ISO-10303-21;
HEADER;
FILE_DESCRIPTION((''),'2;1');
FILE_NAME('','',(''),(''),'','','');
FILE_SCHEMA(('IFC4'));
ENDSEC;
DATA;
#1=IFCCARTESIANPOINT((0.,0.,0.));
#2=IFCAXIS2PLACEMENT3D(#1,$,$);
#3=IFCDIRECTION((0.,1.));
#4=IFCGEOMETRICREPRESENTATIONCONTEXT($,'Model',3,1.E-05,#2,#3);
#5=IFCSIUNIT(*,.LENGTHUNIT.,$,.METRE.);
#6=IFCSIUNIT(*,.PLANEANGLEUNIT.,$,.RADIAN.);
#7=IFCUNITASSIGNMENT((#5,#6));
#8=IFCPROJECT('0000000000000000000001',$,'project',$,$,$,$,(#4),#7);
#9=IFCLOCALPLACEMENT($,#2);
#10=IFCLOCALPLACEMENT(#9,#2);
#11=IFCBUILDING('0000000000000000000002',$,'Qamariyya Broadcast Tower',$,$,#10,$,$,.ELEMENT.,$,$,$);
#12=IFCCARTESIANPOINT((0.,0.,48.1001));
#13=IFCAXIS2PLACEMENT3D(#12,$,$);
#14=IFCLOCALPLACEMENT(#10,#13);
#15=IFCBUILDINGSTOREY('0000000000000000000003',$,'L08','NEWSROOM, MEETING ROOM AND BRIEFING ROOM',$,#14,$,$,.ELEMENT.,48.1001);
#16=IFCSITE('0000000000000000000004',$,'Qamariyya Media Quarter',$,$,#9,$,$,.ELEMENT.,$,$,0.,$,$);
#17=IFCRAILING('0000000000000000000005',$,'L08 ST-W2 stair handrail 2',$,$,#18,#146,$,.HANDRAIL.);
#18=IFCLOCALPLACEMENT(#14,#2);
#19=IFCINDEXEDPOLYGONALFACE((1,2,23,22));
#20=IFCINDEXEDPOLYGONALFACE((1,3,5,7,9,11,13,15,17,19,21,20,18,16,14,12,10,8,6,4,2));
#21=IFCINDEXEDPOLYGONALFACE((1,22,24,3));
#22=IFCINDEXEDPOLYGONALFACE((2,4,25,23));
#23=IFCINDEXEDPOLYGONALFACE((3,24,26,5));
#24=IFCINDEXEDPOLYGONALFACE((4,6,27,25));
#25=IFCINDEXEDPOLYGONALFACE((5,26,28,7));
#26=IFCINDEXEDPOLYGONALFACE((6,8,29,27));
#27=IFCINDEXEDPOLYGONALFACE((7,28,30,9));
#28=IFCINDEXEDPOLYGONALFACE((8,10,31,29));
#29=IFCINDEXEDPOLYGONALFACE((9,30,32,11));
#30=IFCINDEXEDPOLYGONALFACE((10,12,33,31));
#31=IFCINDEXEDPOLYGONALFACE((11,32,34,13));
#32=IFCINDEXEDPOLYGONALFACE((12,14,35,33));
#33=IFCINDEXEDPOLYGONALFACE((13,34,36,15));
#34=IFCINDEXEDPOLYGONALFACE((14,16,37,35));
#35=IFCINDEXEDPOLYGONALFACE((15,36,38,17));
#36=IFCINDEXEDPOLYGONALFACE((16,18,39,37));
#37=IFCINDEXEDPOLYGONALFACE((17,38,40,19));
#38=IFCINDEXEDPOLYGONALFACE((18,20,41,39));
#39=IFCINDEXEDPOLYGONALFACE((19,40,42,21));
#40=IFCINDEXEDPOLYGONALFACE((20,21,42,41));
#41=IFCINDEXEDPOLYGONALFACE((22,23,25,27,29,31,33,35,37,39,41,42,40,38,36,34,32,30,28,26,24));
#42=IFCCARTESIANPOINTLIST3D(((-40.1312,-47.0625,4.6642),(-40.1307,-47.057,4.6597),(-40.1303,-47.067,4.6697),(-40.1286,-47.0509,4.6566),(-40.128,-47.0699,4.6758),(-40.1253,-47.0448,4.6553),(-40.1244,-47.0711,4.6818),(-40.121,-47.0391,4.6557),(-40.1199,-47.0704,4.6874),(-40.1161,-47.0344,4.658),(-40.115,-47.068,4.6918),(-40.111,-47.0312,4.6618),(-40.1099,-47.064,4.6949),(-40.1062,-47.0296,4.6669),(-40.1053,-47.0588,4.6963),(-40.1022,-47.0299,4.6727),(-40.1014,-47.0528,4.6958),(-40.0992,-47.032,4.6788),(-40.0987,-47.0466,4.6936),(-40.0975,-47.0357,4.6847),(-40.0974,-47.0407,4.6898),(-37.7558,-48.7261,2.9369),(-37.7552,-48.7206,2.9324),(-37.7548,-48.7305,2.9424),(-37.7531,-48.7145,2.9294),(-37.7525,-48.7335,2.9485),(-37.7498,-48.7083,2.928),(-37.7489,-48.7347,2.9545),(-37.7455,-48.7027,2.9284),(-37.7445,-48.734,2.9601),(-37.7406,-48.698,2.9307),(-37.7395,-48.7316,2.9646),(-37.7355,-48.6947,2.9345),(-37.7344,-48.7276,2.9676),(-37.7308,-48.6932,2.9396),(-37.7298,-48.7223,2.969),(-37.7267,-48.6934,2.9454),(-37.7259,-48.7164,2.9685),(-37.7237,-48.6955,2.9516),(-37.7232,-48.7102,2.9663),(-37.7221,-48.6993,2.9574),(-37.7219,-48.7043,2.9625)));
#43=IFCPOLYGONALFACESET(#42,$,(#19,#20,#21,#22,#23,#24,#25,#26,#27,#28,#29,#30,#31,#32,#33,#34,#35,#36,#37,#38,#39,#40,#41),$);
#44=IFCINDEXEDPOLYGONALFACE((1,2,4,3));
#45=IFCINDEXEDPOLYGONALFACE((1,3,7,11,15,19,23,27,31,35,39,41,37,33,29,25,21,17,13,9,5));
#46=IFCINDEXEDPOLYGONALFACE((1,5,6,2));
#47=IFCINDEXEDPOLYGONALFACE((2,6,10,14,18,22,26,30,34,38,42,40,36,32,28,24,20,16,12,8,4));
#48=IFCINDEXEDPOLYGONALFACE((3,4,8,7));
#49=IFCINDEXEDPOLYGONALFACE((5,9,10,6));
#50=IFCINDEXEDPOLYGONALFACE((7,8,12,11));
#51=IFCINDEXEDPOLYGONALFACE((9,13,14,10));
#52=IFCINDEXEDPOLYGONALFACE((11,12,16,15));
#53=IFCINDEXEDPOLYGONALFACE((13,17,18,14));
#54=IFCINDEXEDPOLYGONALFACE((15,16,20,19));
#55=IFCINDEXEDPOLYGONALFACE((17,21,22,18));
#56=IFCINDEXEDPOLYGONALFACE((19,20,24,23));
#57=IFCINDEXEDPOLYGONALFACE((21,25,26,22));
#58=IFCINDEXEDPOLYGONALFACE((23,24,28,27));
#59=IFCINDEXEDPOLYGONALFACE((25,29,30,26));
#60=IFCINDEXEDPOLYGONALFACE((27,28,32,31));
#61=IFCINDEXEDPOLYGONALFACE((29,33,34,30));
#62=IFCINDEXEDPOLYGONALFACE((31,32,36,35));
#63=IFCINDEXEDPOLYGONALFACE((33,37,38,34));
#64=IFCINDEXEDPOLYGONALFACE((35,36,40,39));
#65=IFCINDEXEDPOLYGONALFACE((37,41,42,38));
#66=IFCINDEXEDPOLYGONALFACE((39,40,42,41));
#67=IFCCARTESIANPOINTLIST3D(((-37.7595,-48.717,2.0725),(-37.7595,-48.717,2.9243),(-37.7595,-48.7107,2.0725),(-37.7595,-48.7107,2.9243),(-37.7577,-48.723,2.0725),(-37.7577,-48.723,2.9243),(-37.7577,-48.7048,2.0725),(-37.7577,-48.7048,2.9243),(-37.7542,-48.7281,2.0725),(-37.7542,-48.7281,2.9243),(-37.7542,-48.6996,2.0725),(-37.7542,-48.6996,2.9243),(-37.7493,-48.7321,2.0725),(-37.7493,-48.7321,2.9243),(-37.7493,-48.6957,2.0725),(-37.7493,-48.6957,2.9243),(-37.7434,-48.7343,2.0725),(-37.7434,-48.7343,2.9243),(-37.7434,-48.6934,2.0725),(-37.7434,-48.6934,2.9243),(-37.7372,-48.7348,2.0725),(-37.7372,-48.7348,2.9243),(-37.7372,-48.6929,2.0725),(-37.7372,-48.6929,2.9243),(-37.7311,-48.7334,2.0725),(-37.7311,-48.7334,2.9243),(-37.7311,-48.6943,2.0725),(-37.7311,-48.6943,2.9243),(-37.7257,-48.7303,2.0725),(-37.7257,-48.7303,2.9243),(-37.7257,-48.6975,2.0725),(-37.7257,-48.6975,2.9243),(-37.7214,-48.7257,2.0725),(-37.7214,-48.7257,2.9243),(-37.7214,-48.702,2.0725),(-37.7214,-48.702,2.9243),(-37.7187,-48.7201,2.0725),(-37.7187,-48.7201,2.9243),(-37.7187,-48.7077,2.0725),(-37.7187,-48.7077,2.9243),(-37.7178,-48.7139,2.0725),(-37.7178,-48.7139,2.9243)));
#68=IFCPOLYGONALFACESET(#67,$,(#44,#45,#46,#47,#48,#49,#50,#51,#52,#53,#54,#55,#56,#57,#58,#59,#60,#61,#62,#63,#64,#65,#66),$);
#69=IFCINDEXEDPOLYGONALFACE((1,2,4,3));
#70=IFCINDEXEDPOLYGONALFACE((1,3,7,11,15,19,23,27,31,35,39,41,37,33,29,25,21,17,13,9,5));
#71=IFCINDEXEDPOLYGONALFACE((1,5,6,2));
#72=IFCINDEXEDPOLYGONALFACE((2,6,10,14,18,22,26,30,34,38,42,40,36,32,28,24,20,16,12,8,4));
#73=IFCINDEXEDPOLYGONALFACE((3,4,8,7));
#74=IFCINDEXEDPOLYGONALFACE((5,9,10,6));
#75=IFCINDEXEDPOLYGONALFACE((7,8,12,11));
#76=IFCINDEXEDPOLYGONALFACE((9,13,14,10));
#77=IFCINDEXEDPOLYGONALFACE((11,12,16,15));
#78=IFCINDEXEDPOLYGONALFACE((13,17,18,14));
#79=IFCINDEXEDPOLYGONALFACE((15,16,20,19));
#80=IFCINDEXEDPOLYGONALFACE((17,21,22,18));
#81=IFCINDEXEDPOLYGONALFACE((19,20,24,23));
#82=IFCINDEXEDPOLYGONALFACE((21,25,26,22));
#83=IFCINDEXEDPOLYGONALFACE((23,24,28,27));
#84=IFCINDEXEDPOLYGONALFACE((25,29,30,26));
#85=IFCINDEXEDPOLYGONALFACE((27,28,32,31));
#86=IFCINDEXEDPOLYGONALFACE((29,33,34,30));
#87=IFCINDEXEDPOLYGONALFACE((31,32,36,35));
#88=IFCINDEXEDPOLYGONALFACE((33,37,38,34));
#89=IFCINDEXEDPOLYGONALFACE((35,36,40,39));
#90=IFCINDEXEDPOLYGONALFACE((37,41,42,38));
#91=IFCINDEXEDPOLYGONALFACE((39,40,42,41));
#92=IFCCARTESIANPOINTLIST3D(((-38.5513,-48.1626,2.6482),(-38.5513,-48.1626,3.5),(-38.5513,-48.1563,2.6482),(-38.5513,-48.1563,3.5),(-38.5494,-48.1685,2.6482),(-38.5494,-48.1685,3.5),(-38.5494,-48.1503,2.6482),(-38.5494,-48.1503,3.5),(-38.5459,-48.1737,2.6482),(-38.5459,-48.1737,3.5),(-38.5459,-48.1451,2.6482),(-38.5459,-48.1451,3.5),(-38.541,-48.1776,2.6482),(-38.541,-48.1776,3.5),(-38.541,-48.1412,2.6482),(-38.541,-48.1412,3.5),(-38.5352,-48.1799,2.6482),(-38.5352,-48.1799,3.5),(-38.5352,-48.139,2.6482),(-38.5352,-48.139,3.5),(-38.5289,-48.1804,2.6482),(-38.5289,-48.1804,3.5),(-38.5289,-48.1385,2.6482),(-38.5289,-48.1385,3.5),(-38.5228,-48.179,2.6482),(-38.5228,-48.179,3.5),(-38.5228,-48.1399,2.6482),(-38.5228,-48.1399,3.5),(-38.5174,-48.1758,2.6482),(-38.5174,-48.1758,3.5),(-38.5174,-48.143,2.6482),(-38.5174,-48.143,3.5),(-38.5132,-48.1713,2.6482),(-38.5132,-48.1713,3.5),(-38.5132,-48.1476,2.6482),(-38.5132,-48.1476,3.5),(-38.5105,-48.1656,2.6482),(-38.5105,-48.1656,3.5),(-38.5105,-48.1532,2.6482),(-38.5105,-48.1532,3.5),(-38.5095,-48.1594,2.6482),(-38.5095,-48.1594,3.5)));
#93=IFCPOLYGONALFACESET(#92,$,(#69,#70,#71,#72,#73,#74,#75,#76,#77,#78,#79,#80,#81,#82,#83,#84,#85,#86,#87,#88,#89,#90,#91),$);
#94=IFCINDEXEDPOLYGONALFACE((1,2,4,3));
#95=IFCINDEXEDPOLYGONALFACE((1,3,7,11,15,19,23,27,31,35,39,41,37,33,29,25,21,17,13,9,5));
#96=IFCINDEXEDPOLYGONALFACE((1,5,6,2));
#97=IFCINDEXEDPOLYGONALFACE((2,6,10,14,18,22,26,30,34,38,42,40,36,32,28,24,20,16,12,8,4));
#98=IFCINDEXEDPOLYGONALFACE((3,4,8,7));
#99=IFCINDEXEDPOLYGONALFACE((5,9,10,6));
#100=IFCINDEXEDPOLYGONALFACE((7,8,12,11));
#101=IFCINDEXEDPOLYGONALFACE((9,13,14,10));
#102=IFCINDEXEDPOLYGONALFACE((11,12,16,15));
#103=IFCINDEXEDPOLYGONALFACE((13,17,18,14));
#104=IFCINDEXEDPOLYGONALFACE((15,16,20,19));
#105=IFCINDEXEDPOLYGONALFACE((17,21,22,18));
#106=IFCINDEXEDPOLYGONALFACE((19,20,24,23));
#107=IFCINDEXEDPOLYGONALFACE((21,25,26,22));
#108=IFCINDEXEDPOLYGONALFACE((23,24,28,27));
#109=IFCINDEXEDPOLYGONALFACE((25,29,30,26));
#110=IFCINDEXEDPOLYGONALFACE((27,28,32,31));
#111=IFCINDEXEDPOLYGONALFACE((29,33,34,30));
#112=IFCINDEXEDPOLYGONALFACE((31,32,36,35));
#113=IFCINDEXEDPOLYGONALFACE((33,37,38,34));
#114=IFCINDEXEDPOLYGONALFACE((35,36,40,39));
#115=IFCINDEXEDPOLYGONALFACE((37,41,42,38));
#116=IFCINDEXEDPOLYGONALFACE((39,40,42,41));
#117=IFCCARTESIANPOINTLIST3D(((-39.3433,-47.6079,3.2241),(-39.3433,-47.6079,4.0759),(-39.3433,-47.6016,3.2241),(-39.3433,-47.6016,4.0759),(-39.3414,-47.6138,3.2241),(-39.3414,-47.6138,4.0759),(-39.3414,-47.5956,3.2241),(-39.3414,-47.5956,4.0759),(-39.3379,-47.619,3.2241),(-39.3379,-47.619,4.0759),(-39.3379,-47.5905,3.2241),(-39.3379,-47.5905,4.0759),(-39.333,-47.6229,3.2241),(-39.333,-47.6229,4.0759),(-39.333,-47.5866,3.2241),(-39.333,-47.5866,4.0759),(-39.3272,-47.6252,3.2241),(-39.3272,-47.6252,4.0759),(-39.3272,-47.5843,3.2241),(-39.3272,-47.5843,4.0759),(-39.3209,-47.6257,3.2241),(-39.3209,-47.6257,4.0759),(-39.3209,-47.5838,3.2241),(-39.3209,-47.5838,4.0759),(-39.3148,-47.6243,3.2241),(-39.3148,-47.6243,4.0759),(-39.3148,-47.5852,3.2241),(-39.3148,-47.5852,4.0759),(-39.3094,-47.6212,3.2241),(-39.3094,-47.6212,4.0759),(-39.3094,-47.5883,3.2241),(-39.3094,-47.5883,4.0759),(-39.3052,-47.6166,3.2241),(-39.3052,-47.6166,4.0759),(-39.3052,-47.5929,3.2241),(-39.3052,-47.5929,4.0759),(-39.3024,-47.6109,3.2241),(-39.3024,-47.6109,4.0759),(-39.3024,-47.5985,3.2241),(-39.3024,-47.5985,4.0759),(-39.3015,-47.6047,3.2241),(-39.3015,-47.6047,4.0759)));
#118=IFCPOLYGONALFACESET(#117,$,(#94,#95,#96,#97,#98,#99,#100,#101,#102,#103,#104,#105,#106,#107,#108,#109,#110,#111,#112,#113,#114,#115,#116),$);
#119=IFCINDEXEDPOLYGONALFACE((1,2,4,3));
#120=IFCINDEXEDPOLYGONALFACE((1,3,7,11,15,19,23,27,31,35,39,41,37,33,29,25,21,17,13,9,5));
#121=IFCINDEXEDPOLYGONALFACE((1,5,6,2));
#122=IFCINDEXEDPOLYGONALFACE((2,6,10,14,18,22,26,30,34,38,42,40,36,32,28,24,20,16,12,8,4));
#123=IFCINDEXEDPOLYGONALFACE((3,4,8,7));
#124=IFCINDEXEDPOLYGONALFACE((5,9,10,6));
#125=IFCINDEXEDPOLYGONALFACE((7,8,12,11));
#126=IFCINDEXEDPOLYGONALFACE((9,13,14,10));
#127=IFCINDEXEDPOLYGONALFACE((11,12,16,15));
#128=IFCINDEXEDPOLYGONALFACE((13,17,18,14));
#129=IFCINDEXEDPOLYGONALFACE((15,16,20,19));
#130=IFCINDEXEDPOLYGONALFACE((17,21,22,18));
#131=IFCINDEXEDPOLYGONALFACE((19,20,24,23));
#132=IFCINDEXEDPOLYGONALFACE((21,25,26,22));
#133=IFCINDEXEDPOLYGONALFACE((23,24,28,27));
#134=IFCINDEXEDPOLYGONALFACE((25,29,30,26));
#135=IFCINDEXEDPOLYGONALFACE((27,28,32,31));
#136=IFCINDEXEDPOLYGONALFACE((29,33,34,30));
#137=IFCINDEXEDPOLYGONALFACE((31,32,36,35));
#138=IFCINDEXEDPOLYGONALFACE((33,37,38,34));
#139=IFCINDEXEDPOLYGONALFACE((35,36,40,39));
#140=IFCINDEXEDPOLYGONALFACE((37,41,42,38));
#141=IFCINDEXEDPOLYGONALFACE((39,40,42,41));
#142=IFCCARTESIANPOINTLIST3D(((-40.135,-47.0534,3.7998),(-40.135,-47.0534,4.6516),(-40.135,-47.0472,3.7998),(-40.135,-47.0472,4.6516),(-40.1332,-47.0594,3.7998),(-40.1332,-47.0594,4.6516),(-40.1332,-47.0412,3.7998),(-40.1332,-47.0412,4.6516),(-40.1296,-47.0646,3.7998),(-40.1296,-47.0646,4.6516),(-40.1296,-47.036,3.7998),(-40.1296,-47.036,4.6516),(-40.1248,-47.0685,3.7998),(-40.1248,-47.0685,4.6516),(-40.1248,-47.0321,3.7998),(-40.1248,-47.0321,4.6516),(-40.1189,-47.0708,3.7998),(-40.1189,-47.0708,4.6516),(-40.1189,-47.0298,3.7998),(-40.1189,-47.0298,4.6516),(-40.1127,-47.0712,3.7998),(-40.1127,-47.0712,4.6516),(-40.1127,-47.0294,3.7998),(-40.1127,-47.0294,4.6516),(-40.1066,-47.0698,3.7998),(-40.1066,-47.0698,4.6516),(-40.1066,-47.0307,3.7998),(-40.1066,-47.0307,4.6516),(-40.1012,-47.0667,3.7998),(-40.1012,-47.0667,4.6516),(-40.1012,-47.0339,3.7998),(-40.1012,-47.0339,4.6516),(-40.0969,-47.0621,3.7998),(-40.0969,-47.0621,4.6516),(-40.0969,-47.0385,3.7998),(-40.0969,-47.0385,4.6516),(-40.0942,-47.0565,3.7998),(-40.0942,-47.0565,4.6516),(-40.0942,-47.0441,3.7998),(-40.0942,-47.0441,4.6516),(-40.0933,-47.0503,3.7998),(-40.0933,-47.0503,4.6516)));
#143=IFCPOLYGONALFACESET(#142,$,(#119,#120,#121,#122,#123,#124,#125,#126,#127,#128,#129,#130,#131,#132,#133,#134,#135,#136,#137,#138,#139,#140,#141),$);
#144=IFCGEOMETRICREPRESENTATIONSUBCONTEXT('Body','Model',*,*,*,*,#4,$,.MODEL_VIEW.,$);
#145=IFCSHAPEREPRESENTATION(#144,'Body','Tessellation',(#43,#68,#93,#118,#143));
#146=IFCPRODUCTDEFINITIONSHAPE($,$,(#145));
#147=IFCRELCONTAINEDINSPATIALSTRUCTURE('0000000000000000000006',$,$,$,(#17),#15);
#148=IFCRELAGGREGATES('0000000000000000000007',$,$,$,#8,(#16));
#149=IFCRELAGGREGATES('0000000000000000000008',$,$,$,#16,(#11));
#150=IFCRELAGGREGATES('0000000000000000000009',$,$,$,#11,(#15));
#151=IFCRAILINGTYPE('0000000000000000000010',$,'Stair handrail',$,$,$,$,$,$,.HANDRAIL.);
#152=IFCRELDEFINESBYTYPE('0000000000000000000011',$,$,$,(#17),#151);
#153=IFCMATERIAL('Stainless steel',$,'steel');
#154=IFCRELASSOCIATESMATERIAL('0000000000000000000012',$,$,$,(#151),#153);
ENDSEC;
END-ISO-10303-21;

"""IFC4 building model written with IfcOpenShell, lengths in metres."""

from ifc_helpers import new_model, si_unit, direction, frame, origin, origin_2d, place, context, subcontext, project, spatial, circle, extrude, material, type_object, element, save


model = new_model("IFC4")

# Units and contexts
model_context = context("Model", 3, precision=1e-05, world=origin(), true_north=direction((0.0, 1.0)))
body_context = subcontext(model_context, "Body", "Model", "MODEL_VIEW")
ifc_project = project(units=[si_unit("LENGTHUNIT", "METRE"), si_unit("PLANEANGLEUNIT", "RADIAN")], contexts=[model_context])

# Site, building, storey
site_placement = place(None, origin())
site = spatial("IfcSite", under=ifc_project, at=site_placement, Name="Qamariyya Media Quarter", CompositionType="ELEMENT", RefElevation=0.0)
building_placement = place(site_placement, origin())
building = spatial("IfcBuilding", under=site, at=building_placement, Name="Qamariyya Broadcast Tower", CompositionType="ELEMENT")
storey_placement = place(building_placement, frame((0.0, 0.0, 48.1001)))
storey = spatial("IfcBuildingStorey", under=building, at=storey_placement, Name="L08", Description="NEWSROOM, MEETING ROOM AND BRIEFING ROOM", CompositionType="ELEMENT", Elevation=48.1001)

# Railing
ifc_material_1 = material(Name="Stainless steel", Category="steel")
railing_type_1 = type_object("IfcRailingType", Name="Stair handrail", PredefinedType="HANDRAIL", material=ifc_material_1)
railing_1_placement = place(storey_placement, frame((-37.7388, -48.7139, 2.0725)))
element("IfcRailing", 1, at=railing_1_placement, inside=storey, type_object=railing_type_1, Name="L08 ST-W2 stair handrail 2", PredefinedType="HANDRAIL", context=body_context, shape_type="SweptSolid", body=[
    extrude(circle(Radius=0.0239, at=origin_2d()), frame((0.0, 0.0, 0.876), z_axis=(-0.703745, 0.492838, 0.511716), x_axis=(-0.573632, -0.819113, 0.0)), (0.0, 0.0, 1.0), 3.3755),
    extrude(circle(Radius=0.021, at=origin_2d()), origin(), (0.0, 0.0, 1.0), 0.8518),
    extrude(circle(Radius=0.021, at=origin_2d()), frame((-0.7917, 0.5544, 0.5757)), (0.0, 0.0, 1.0), 0.8518),
    extrude(circle(Radius=0.021, at=origin_2d()), frame((-1.5837, 1.1091, 1.1516)), (0.0, 0.0, 1.0), 0.8518),
    extrude(circle(Radius=0.021, at=origin_2d()), frame((-2.3755, 1.6636, 1.7273)), (0.0, 0.0, 1.0), 0.8518),
])

save(model, "model.ifc")
